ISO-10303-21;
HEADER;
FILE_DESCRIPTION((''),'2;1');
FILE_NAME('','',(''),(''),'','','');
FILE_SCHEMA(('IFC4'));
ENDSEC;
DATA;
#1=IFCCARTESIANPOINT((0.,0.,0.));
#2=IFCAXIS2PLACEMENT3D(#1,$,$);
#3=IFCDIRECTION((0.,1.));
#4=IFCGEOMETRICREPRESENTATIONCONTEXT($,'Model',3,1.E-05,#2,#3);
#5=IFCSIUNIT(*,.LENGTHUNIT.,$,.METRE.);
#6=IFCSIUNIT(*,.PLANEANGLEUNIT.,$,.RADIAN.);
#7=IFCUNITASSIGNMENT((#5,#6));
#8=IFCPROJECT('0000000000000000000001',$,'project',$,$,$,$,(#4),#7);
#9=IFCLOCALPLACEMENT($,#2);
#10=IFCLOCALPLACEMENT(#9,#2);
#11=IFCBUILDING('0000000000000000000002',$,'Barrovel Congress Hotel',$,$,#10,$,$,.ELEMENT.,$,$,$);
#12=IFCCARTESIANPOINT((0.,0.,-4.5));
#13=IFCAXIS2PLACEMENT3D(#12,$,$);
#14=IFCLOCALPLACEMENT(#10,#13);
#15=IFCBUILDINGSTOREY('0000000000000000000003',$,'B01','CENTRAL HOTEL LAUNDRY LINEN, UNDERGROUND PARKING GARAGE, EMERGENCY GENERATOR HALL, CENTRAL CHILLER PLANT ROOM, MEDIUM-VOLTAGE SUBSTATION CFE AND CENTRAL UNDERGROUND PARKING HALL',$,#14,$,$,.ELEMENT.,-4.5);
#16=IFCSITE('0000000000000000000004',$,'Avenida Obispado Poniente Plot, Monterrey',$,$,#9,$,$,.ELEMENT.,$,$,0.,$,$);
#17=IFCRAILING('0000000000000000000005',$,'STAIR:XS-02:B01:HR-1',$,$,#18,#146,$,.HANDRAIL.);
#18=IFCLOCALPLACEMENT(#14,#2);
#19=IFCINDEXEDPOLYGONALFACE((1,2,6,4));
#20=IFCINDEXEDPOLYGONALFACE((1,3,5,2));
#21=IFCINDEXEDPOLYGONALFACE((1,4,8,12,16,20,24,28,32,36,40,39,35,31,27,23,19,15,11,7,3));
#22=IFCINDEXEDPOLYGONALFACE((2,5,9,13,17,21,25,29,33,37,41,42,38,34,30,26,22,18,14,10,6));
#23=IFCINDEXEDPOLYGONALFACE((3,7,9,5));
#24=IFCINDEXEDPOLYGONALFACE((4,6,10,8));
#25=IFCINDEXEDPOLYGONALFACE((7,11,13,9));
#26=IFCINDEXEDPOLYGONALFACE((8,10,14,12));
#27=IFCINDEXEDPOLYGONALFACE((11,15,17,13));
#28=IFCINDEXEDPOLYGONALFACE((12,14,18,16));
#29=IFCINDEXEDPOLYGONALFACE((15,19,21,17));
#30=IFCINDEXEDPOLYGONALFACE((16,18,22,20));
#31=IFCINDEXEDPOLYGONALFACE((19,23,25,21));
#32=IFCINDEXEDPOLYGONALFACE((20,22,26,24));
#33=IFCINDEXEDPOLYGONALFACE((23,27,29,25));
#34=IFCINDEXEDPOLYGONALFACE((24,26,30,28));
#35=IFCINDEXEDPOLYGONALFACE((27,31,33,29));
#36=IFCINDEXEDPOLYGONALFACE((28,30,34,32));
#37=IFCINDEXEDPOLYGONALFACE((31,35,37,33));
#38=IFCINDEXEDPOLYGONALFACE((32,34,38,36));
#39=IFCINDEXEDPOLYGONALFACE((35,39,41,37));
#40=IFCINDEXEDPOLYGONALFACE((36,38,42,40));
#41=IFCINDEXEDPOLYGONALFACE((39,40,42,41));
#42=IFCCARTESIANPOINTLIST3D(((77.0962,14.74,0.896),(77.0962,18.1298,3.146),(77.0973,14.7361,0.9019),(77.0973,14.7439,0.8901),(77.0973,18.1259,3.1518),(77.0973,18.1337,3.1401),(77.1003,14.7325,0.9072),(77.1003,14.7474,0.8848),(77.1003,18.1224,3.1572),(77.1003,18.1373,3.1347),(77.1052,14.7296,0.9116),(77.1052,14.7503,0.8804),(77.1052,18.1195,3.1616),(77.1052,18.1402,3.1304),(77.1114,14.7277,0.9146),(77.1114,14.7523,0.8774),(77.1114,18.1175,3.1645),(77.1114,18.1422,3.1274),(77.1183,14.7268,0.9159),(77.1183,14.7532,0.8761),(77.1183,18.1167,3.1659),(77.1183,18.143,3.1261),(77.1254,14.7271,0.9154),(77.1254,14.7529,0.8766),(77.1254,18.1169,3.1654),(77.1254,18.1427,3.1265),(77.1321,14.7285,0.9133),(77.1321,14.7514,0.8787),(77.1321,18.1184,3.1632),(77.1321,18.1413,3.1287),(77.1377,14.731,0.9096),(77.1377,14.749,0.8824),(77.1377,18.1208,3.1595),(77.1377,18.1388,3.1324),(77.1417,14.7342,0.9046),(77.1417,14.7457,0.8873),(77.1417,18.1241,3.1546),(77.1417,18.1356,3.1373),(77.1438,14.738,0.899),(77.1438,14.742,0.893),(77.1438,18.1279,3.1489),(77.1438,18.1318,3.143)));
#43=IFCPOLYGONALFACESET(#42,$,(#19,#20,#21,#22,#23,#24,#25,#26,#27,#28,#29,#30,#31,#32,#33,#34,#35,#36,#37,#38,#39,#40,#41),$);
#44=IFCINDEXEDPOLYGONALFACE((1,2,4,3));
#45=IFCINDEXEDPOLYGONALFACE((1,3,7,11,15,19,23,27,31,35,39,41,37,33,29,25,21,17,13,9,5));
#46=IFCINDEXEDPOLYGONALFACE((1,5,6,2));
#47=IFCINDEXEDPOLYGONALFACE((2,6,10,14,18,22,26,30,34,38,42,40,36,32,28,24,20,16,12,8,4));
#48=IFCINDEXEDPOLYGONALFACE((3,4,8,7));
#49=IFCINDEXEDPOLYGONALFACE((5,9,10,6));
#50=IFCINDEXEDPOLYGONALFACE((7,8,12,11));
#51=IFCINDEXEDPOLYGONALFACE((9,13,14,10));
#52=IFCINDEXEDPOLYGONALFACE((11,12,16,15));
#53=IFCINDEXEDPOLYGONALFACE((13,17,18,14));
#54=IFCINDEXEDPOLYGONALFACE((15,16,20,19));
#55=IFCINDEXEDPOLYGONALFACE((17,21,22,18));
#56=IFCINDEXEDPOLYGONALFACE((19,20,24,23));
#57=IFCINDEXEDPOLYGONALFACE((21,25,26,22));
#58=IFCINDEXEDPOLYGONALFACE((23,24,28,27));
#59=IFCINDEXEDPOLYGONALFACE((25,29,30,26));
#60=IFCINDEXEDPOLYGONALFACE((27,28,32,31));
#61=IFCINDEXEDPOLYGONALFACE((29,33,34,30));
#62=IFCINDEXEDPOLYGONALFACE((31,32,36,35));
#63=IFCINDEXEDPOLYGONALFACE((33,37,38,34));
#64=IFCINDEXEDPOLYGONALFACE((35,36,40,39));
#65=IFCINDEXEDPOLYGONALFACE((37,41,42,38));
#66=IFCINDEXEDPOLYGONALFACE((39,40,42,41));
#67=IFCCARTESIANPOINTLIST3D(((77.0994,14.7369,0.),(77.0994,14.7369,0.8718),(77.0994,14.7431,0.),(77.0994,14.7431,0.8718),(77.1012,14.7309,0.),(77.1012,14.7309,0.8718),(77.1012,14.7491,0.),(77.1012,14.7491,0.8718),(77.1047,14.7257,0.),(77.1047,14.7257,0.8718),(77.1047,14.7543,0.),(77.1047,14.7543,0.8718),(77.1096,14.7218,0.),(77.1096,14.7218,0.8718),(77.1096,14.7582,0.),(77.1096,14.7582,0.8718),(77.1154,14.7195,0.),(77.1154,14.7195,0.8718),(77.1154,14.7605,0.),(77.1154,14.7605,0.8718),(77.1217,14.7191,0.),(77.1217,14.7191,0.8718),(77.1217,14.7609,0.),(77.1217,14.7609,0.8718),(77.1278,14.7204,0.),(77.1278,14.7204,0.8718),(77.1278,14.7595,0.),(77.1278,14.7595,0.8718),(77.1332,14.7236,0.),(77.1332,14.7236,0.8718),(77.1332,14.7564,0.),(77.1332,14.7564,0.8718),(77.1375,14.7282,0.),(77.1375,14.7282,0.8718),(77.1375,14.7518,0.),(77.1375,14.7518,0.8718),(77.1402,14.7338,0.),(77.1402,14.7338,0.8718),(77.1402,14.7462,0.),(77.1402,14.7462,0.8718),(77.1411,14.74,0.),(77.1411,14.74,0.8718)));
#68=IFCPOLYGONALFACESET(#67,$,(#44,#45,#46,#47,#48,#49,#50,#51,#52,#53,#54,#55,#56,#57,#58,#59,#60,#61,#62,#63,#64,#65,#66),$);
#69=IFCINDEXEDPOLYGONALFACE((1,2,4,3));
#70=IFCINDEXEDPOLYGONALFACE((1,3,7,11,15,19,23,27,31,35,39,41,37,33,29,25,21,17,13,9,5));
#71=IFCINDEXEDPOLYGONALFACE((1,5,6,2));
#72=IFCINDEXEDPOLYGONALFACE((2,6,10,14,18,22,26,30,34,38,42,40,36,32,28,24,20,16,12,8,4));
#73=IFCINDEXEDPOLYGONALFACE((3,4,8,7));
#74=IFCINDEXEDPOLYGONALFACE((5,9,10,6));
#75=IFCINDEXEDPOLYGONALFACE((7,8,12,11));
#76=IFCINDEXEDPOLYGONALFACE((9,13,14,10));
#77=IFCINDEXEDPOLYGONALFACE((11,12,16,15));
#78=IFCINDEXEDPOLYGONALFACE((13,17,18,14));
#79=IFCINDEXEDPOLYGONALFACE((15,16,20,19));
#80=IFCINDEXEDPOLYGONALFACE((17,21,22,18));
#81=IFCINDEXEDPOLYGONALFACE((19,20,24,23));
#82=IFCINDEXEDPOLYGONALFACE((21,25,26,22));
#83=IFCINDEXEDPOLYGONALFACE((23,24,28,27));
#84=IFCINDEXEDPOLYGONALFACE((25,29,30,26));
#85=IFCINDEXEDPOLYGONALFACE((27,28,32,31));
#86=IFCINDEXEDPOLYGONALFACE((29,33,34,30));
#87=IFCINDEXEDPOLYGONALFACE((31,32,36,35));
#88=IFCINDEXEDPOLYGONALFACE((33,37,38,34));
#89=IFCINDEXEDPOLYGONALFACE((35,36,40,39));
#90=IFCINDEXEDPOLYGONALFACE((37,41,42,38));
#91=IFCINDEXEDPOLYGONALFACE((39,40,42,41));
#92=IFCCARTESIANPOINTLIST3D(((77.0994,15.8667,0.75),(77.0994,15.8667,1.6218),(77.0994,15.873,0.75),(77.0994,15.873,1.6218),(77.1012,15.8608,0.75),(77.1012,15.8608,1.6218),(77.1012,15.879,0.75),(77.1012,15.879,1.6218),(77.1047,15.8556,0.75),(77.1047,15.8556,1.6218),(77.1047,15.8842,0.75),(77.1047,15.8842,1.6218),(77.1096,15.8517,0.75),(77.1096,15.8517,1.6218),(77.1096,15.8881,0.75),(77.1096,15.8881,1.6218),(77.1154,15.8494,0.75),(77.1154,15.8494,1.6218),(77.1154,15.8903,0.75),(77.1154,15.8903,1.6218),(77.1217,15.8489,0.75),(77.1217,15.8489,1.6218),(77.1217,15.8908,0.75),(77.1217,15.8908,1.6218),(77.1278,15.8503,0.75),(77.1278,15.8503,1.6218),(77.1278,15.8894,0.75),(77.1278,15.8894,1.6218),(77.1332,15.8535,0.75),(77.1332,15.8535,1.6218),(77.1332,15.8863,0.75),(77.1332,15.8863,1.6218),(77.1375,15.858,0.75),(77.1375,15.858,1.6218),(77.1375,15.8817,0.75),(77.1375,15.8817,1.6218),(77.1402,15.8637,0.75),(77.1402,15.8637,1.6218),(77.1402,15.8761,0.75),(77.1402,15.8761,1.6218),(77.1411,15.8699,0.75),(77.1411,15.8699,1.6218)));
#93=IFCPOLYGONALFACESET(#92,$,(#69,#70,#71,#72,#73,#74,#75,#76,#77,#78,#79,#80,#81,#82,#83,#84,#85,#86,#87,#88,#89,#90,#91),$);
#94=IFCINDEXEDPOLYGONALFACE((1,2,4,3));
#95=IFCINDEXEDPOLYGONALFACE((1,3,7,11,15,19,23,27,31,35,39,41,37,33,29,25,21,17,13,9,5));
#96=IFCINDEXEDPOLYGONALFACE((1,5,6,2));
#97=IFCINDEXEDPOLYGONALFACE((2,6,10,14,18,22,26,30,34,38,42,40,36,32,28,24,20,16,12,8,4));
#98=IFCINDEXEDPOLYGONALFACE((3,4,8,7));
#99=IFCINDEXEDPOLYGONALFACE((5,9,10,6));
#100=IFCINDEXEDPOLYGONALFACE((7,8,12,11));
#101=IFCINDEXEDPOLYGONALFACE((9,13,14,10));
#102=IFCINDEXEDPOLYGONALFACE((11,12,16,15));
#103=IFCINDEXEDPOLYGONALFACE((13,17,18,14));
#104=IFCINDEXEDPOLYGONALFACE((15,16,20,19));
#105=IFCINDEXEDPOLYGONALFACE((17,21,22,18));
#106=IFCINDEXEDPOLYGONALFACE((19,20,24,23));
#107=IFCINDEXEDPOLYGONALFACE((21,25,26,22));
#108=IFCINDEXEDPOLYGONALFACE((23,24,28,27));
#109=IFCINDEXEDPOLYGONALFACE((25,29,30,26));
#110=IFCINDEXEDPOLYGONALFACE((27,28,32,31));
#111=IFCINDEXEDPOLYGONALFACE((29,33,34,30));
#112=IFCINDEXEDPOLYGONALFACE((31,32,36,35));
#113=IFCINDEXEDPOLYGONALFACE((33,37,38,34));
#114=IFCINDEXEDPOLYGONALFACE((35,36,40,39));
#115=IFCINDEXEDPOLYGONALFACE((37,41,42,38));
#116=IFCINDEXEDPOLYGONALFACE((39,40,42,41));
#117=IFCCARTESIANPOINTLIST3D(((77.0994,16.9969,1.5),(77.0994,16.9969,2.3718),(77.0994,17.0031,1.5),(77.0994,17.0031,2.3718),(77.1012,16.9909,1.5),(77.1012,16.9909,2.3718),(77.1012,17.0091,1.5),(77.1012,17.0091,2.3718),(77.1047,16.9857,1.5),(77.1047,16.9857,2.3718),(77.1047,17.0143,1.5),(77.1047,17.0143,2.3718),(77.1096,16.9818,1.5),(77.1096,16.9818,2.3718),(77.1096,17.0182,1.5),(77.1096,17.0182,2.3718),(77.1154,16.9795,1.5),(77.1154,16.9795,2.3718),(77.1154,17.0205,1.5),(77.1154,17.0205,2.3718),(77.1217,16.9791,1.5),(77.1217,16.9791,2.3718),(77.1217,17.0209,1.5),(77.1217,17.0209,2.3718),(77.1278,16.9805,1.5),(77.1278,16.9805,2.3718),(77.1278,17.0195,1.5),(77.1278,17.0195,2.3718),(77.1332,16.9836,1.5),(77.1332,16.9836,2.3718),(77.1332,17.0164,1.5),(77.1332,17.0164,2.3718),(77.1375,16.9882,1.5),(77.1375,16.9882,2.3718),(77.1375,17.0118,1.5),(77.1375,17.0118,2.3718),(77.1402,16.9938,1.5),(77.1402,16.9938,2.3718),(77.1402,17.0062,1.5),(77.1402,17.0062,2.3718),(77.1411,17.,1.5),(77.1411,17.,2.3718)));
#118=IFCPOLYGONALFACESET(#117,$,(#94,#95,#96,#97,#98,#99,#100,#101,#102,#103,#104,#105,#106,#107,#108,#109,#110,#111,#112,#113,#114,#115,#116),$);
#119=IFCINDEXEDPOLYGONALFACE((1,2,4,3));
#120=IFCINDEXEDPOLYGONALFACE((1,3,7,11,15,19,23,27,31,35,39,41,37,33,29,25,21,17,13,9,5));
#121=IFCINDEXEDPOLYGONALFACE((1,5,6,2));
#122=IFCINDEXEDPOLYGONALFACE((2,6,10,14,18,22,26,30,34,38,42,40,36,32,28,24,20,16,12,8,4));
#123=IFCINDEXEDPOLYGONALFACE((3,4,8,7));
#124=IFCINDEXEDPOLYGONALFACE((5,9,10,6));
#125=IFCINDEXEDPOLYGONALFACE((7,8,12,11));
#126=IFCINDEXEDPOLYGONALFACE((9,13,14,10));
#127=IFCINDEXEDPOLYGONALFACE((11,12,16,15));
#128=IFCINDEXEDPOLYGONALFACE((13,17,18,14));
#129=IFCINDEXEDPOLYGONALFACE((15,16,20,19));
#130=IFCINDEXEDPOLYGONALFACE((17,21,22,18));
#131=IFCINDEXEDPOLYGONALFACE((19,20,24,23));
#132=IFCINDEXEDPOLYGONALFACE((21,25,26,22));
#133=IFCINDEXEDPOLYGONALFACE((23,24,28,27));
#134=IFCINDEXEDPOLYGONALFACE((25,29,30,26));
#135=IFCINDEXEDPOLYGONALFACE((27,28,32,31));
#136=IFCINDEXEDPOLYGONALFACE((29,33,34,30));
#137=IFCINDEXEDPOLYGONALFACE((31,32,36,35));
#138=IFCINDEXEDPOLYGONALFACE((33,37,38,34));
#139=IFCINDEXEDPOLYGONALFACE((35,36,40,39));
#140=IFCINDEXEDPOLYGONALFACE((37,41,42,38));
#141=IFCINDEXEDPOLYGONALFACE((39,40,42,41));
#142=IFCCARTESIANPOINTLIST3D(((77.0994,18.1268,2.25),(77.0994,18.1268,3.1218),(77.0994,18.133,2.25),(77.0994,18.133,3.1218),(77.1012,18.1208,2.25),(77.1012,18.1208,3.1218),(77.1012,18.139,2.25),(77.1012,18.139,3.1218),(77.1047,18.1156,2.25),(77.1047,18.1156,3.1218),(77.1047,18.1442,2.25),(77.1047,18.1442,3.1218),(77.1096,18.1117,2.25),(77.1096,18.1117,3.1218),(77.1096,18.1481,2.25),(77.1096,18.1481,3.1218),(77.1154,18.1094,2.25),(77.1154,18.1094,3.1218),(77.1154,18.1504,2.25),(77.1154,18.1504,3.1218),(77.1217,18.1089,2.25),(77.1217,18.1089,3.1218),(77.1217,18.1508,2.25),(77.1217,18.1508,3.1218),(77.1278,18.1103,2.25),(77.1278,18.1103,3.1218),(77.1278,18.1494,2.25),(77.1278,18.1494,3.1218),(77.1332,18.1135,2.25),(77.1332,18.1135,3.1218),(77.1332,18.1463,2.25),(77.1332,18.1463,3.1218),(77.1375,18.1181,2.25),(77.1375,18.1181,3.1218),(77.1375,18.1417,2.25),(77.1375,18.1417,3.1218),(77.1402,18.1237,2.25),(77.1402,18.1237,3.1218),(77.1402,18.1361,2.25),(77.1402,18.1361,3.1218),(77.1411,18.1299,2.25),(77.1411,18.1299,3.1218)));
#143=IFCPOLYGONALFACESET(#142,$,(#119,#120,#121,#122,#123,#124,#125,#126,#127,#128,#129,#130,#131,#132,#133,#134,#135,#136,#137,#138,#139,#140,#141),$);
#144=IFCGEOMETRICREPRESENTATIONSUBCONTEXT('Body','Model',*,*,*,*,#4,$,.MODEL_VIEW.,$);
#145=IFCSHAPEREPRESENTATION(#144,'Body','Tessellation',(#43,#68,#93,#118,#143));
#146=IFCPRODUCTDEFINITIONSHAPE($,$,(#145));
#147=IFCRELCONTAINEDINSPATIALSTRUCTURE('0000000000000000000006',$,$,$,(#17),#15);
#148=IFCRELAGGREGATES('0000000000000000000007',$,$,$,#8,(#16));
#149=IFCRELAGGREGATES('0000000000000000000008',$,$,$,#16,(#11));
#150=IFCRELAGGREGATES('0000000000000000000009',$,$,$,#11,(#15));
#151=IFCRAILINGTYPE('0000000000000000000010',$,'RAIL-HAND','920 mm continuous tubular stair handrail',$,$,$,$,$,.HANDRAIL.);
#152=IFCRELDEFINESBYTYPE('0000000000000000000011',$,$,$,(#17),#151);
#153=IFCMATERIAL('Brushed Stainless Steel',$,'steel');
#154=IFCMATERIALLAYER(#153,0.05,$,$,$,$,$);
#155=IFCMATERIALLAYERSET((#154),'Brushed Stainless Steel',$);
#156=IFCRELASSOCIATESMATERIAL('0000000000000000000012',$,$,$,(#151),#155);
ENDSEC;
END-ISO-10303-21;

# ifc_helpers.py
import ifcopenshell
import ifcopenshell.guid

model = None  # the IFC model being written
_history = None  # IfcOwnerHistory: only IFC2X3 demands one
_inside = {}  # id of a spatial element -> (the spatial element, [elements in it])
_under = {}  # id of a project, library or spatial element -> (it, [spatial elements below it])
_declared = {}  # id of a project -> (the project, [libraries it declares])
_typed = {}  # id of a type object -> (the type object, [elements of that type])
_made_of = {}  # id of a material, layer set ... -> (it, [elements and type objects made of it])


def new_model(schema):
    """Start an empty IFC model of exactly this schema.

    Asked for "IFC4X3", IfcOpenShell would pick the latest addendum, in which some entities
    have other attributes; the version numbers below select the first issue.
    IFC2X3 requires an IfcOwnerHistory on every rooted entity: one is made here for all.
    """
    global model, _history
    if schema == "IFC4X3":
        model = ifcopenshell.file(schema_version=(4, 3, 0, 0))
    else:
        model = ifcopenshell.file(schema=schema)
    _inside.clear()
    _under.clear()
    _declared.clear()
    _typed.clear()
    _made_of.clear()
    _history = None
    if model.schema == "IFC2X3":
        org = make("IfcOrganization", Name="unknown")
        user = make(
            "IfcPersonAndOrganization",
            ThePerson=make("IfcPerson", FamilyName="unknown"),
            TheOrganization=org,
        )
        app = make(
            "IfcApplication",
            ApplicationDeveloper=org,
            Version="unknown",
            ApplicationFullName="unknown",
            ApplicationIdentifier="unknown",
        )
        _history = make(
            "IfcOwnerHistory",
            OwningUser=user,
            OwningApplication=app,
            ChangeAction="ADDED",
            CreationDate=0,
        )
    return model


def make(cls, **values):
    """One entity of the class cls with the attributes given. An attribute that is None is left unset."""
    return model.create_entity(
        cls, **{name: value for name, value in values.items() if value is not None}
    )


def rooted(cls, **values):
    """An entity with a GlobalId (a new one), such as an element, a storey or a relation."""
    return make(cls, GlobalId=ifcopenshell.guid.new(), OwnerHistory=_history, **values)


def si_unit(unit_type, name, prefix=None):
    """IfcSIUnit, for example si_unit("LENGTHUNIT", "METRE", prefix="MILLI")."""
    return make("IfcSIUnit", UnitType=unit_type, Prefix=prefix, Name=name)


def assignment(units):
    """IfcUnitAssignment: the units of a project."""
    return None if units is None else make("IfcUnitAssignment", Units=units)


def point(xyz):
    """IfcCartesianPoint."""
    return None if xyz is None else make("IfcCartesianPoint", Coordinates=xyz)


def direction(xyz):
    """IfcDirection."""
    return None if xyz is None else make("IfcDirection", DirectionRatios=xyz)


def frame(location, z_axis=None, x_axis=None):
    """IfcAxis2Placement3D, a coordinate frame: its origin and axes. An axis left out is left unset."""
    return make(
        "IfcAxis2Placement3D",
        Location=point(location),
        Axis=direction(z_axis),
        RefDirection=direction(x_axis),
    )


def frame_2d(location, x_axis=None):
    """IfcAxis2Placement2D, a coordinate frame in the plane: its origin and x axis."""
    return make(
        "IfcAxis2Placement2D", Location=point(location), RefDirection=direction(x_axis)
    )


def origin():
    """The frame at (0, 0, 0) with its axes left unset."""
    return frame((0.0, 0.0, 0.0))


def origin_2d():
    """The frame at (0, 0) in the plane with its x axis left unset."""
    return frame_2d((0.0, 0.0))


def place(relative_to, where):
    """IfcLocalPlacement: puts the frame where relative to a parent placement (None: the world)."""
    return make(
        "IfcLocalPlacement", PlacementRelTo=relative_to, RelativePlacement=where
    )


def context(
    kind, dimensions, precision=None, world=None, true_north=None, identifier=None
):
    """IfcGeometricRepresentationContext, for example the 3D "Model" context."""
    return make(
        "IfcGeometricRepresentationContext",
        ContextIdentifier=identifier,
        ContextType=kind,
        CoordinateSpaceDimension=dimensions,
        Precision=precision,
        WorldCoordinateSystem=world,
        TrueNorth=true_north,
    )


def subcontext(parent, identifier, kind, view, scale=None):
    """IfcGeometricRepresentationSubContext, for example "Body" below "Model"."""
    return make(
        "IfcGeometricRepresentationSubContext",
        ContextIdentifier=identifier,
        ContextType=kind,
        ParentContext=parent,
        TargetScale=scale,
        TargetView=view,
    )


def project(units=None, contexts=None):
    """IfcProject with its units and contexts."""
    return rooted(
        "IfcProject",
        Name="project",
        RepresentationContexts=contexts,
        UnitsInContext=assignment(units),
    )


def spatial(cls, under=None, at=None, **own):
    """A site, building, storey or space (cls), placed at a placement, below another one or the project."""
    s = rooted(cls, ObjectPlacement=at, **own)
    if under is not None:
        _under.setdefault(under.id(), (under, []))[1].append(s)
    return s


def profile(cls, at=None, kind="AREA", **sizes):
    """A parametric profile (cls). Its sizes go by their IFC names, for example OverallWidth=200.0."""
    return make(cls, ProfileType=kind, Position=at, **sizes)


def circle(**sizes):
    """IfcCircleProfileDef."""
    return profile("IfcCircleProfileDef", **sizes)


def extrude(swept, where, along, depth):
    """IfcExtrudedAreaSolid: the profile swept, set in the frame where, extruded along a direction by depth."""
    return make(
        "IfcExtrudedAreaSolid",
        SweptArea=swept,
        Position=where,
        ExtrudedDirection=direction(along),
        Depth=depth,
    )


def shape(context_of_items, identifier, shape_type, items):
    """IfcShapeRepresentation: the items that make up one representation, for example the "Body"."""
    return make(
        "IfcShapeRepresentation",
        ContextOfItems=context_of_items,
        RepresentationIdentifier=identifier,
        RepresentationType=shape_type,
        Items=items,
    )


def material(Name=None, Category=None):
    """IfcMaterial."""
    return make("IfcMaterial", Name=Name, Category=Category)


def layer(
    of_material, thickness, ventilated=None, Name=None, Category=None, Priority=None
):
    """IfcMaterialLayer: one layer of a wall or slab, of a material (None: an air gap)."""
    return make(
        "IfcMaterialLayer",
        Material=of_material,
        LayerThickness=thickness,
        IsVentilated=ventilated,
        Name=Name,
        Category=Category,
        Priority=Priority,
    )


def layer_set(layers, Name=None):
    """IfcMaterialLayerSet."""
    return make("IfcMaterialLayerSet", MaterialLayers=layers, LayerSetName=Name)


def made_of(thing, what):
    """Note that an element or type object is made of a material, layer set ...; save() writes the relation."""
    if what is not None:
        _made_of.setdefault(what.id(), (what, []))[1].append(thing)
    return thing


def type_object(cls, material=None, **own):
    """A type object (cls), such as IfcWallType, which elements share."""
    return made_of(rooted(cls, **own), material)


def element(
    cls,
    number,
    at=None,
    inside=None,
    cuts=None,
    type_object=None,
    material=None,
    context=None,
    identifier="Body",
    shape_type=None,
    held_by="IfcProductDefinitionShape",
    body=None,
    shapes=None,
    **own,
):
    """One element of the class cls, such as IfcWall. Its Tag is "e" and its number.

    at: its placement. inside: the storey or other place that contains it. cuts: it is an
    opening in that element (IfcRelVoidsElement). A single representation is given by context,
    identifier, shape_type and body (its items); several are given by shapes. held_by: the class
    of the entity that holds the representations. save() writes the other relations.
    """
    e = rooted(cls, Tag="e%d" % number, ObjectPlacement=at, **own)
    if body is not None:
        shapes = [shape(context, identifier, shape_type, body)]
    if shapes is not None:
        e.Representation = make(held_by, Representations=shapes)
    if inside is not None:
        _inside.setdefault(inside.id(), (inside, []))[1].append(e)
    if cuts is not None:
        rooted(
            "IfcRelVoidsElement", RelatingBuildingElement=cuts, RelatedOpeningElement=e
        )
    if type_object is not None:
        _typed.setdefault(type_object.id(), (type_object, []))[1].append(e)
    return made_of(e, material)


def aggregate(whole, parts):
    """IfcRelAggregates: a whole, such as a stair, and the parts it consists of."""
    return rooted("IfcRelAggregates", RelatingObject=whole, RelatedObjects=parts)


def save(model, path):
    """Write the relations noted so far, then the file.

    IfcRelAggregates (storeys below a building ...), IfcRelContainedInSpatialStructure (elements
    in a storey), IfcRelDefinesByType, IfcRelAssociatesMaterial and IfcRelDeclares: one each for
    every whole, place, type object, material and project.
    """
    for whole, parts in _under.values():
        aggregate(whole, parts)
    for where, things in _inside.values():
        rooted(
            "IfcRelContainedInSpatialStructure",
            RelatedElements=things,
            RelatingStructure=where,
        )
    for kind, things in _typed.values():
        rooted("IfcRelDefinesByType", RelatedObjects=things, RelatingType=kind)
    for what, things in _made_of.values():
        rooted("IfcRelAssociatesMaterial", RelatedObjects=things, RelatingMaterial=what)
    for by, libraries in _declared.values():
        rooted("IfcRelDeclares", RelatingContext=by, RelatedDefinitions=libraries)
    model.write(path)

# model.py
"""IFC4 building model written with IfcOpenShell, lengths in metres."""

from ifc_helpers import new_model, si_unit, direction, frame, origin, origin_2d, place, context, subcontext, project, spatial, circle, extrude, material, layer, layer_set, type_object, element, save


model = new_model("IFC4")

# Units and contexts
model_context = context("Model", 3, precision=1e-05, world=origin(), true_north=direction((0.0, 1.0)))
body_context = subcontext(model_context, "Body", "Model", "MODEL_VIEW")
ifc_project = project(units=[si_unit("LENGTHUNIT", "METRE"), si_unit("PLANEANGLEUNIT", "RADIAN")], contexts=[model_context])

# Site, building, storey
site_placement = place(None, origin())
site = spatial("IfcSite", under=ifc_project, at=site_placement, Name="Avenida Obispado Poniente Plot, Monterrey", CompositionType="ELEMENT", RefElevation=0.0)
building_placement = place(site_placement, origin())
building = spatial("IfcBuilding", under=site, at=building_placement, Name="Barrovel Congress Hotel", CompositionType="ELEMENT")
storey_placement = place(building_placement, frame((0.0, 0.0, -4.5)))
storey = spatial("IfcBuildingStorey", under=building, at=storey_placement, Name="B01", Description="CENTRAL HOTEL LAUNDRY LINEN, UNDERGROUND PARKING GARAGE, EMERGENCY GENERATOR HALL, CENTRAL CHILLER PLANT ROOM, MEDIUM-VOLTAGE SUBSTATION CFE AND CENTRAL UNDERGROUND PARKING HALL", CompositionType="ELEMENT", Elevation=-4.5)

# Railing
ifc_material_1 = material(Name="Brushed Stainless Steel", Category="steel")
ifc_layer_1 = layer(ifc_material_1, 0.05)
ifc_layer_set_1 = layer_set([ifc_layer_1], Name="Brushed Stainless Steel")
railing_type_1 = type_object("IfcRailingType", Name="RAIL-HAND", Description="920 mm continuous tubular stair handrail", PredefinedType="HANDRAIL", material=ifc_layer_set_1)
railing_1_placement = place(storey_placement, frame((77.1201, 14.74, 0.0)))
element("IfcRailing", 1, at=railing_1_placement, inside=storey, type_object=railing_type_1, Name="STAIR:XS-02:B01:HR-1", PredefinedType="HANDRAIL", context=body_context, shape_type="SweptSolid", body=[
    extrude(circle(Radius=0.0239, at=origin_2d()), frame((0.0, 0.0, 0.896), z_axis=(0.0, 0.833175, 0.55301), x_axis=(-1.0, 0.0, 0.0)), (0.0, 0.0, 1.0), 4.0686),
    extrude(circle(Radius=0.021, at=origin_2d()), origin(), (0.0, 0.0, 1.0), 0.8718),
    extrude(circle(Radius=0.021, at=origin_2d()), frame((0.0, 1.1299, 0.75)), (0.0, 0.0, 1.0), 0.8718),
    extrude(circle(Radius=0.021, at=origin_2d()), frame((0.0, 2.26, 1.5)), (0.0, 0.0, 1.0), 0.8718),
    extrude(circle(Radius=0.021, at=origin_2d()), frame((0.0, 3.3899, 2.25)), (0.0, 0.0, 1.0), 0.8718),
])

save(model, "model.ifc")
